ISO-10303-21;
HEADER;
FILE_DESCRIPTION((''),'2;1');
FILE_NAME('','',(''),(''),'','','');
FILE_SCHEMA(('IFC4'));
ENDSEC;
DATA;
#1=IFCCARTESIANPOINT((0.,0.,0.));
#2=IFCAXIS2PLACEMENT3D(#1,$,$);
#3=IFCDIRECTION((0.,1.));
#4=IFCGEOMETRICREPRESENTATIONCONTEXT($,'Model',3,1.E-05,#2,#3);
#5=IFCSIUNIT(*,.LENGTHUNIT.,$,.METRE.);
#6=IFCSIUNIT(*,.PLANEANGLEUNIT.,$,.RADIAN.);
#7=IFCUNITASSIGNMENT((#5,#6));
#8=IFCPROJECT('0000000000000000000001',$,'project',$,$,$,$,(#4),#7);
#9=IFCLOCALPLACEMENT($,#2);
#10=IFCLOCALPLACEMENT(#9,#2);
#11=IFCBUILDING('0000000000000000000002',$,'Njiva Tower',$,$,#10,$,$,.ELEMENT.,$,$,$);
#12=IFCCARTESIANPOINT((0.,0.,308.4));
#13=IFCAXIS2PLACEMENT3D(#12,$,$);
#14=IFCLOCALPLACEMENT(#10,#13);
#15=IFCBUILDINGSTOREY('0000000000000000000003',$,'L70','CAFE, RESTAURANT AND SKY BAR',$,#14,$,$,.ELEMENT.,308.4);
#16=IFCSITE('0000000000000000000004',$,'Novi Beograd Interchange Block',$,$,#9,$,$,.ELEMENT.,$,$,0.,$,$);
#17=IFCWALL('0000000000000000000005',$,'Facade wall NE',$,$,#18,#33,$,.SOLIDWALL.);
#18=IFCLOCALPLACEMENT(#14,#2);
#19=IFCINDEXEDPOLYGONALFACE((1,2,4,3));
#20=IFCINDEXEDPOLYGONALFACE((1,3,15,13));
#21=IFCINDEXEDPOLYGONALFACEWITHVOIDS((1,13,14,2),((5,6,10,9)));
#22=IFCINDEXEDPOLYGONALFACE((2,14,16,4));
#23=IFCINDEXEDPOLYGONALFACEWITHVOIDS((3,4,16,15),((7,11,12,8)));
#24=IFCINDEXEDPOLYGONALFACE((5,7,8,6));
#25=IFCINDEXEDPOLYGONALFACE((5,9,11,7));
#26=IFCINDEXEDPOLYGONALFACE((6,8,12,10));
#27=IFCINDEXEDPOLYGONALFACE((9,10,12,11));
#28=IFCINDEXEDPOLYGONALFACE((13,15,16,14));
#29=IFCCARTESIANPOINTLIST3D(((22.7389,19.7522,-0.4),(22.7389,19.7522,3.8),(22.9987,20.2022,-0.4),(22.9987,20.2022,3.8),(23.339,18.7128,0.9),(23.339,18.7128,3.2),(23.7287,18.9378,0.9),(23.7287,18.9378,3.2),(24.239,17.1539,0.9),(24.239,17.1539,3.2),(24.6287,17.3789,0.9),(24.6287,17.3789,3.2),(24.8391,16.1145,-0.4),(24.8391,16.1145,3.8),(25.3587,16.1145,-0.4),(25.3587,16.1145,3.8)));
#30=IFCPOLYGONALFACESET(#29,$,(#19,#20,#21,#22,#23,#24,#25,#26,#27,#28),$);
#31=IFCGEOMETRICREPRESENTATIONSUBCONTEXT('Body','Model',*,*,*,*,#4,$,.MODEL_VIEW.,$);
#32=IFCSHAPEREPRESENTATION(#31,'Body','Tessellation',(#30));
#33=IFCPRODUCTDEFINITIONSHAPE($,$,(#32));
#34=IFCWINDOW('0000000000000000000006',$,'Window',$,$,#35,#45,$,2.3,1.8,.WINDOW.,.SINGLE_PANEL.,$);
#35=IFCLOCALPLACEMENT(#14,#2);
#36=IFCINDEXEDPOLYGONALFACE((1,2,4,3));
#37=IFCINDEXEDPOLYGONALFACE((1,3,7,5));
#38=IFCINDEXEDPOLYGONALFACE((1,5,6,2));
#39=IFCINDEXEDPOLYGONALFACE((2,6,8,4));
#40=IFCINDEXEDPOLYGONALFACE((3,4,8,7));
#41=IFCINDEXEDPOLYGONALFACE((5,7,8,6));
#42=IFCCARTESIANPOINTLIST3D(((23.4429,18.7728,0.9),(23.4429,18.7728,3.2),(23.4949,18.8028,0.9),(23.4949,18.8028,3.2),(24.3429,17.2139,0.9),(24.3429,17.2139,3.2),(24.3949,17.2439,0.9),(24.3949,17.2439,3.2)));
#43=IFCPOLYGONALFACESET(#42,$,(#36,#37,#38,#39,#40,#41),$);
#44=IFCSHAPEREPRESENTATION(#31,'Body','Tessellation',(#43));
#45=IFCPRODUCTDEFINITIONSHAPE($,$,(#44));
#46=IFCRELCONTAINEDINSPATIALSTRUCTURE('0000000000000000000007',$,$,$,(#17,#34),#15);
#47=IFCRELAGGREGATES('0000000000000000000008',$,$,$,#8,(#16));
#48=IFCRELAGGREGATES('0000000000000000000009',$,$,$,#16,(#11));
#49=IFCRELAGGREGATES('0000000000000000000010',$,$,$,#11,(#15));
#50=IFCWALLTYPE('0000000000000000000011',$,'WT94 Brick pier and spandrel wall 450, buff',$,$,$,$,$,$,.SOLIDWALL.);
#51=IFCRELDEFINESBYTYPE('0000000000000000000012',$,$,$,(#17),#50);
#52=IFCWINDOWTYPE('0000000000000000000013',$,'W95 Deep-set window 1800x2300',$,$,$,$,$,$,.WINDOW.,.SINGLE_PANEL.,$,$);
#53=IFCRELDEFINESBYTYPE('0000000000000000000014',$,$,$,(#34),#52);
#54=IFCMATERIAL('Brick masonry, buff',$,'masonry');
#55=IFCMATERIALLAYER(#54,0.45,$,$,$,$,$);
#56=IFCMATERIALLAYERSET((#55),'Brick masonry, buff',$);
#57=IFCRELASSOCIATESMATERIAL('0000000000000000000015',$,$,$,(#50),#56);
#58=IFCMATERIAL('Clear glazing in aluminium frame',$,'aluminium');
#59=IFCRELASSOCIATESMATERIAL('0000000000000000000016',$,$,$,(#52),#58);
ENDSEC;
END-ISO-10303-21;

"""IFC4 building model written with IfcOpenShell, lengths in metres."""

from ifc_helpers import new_model, si_unit, direction, frame, frame_2d, origin, place, context, subcontext, project, spatial, polyline, rectangle, outline, extrude, material, layer, layer_set, type_object, element, fill, save


model = new_model("IFC4")

# Units and contexts
model_context = context("Model", 3, precision=1e-05, world=origin(), true_north=direction((0.0, 1.0)))
body_context = subcontext(model_context, "Body", "Model", "MODEL_VIEW")
ifc_project = project(units=[si_unit("LENGTHUNIT", "METRE"), si_unit("PLANEANGLEUNIT", "RADIAN")], contexts=[model_context])

# Site, building, storey
site_placement = place(None, origin())
site = spatial("IfcSite", under=ifc_project, at=site_placement, Name="Novi Beograd Interchange Block", CompositionType="ELEMENT", RefElevation=0.0)
building_placement = place(site_placement, origin())
building = spatial("IfcBuilding", under=site, at=building_placement, Name="Njiva Tower", CompositionType="ELEMENT")
storey_placement = place(building_placement, frame((0.0, 0.0, 308.4)))
storey = spatial("IfcBuildingStorey", under=building, at=storey_placement, Name="L70", Description="CAFE, RESTAURANT AND SKY BAR", CompositionType="ELEMENT", Elevation=308.4)

# Shared definitions
ifc_material_1 = material(Name="Clear glazing in aluminium frame", Category="aluminium")

# Wall, opening, window
ifc_material_2 = material(Name="Brick masonry, buff", Category="masonry")
ifc_layer_1 = layer(ifc_material_2, 0.45)
ifc_layer_set_1 = layer_set([ifc_layer_1], Name="Brick masonry, buff")
wall_type_1 = type_object("IfcWallType", Name="WT94 Brick pier and spandrel wall 450, buff", PredefinedType="SOLIDWALL", material=ifc_layer_set_1)
wall_1_placement = place(storey_placement, frame((25.0989, 16.1145, -0.4), z_axis=(0.0, 0.0, 1.0), x_axis=(-0.499995, 0.866028, 0.0)))
wall_1 = element("IfcWall", 1, at=wall_1_placement, inside=storey, type_object=wall_type_1, Name="Facade wall NE", PredefinedType="SOLIDWALL", context=body_context, shape_type="SweptSolid", body=[
    extrude(outline(polyline([(-0.1299, -0.225), (4.5901, -0.225), (4.3303, 0.225), (0.1299, 0.225), (-0.1299, -0.225)])), origin(), (0.0, 0.0, 1.0), 4.2),
])
opening_1_placement = place(wall_1_placement, frame((1.3301, 0.0, 1.3)))
opening_1 = element("IfcOpeningElement", 2, at=opening_1_placement, cuts=wall_1, PredefinedType="OPENING", context=body_context, shape_type="SweptSolid", body=[
    extrude(rectangle(XDim=1.8, YDim=2.3, at=frame_2d((0.9, 1.15))), frame((0.0, 0.235, 0.0), z_axis=(0.0, -1.0, 0.0), x_axis=(1.0, 0.0, 0.0)), (0.0, 0.0, 1.0), 0.47),
])
window_type_1 = type_object("IfcWindowType", Name="W95 Deep-set window 1800x2300", PartitioningType="SINGLE_PANEL", PredefinedType="WINDOW", material=ifc_material_1)
window_1_placement = place(opening_1_placement, origin())
window_1 = element("IfcWindow", 3, at=window_1_placement, inside=storey, type_object=window_type_1, Name="Window", OverallHeight=2.3, OverallWidth=1.8, PartitioningType="SINGLE_PANEL", PredefinedType="WINDOW", context=body_context, shape_type="SweptSolid", body=[
    extrude(rectangle(XDim=1.8, YDim=2.3, at=frame_2d((0.9, 1.15))), frame((0.0, 0.105, 0.0), z_axis=(0.0, -1.0, 0.0), x_axis=(1.0, 0.0, 0.0)), (0.0, 0.0, 1.0), 0.06),
])
fill(opening_1, window_1)

save(model, "model.ifc")
